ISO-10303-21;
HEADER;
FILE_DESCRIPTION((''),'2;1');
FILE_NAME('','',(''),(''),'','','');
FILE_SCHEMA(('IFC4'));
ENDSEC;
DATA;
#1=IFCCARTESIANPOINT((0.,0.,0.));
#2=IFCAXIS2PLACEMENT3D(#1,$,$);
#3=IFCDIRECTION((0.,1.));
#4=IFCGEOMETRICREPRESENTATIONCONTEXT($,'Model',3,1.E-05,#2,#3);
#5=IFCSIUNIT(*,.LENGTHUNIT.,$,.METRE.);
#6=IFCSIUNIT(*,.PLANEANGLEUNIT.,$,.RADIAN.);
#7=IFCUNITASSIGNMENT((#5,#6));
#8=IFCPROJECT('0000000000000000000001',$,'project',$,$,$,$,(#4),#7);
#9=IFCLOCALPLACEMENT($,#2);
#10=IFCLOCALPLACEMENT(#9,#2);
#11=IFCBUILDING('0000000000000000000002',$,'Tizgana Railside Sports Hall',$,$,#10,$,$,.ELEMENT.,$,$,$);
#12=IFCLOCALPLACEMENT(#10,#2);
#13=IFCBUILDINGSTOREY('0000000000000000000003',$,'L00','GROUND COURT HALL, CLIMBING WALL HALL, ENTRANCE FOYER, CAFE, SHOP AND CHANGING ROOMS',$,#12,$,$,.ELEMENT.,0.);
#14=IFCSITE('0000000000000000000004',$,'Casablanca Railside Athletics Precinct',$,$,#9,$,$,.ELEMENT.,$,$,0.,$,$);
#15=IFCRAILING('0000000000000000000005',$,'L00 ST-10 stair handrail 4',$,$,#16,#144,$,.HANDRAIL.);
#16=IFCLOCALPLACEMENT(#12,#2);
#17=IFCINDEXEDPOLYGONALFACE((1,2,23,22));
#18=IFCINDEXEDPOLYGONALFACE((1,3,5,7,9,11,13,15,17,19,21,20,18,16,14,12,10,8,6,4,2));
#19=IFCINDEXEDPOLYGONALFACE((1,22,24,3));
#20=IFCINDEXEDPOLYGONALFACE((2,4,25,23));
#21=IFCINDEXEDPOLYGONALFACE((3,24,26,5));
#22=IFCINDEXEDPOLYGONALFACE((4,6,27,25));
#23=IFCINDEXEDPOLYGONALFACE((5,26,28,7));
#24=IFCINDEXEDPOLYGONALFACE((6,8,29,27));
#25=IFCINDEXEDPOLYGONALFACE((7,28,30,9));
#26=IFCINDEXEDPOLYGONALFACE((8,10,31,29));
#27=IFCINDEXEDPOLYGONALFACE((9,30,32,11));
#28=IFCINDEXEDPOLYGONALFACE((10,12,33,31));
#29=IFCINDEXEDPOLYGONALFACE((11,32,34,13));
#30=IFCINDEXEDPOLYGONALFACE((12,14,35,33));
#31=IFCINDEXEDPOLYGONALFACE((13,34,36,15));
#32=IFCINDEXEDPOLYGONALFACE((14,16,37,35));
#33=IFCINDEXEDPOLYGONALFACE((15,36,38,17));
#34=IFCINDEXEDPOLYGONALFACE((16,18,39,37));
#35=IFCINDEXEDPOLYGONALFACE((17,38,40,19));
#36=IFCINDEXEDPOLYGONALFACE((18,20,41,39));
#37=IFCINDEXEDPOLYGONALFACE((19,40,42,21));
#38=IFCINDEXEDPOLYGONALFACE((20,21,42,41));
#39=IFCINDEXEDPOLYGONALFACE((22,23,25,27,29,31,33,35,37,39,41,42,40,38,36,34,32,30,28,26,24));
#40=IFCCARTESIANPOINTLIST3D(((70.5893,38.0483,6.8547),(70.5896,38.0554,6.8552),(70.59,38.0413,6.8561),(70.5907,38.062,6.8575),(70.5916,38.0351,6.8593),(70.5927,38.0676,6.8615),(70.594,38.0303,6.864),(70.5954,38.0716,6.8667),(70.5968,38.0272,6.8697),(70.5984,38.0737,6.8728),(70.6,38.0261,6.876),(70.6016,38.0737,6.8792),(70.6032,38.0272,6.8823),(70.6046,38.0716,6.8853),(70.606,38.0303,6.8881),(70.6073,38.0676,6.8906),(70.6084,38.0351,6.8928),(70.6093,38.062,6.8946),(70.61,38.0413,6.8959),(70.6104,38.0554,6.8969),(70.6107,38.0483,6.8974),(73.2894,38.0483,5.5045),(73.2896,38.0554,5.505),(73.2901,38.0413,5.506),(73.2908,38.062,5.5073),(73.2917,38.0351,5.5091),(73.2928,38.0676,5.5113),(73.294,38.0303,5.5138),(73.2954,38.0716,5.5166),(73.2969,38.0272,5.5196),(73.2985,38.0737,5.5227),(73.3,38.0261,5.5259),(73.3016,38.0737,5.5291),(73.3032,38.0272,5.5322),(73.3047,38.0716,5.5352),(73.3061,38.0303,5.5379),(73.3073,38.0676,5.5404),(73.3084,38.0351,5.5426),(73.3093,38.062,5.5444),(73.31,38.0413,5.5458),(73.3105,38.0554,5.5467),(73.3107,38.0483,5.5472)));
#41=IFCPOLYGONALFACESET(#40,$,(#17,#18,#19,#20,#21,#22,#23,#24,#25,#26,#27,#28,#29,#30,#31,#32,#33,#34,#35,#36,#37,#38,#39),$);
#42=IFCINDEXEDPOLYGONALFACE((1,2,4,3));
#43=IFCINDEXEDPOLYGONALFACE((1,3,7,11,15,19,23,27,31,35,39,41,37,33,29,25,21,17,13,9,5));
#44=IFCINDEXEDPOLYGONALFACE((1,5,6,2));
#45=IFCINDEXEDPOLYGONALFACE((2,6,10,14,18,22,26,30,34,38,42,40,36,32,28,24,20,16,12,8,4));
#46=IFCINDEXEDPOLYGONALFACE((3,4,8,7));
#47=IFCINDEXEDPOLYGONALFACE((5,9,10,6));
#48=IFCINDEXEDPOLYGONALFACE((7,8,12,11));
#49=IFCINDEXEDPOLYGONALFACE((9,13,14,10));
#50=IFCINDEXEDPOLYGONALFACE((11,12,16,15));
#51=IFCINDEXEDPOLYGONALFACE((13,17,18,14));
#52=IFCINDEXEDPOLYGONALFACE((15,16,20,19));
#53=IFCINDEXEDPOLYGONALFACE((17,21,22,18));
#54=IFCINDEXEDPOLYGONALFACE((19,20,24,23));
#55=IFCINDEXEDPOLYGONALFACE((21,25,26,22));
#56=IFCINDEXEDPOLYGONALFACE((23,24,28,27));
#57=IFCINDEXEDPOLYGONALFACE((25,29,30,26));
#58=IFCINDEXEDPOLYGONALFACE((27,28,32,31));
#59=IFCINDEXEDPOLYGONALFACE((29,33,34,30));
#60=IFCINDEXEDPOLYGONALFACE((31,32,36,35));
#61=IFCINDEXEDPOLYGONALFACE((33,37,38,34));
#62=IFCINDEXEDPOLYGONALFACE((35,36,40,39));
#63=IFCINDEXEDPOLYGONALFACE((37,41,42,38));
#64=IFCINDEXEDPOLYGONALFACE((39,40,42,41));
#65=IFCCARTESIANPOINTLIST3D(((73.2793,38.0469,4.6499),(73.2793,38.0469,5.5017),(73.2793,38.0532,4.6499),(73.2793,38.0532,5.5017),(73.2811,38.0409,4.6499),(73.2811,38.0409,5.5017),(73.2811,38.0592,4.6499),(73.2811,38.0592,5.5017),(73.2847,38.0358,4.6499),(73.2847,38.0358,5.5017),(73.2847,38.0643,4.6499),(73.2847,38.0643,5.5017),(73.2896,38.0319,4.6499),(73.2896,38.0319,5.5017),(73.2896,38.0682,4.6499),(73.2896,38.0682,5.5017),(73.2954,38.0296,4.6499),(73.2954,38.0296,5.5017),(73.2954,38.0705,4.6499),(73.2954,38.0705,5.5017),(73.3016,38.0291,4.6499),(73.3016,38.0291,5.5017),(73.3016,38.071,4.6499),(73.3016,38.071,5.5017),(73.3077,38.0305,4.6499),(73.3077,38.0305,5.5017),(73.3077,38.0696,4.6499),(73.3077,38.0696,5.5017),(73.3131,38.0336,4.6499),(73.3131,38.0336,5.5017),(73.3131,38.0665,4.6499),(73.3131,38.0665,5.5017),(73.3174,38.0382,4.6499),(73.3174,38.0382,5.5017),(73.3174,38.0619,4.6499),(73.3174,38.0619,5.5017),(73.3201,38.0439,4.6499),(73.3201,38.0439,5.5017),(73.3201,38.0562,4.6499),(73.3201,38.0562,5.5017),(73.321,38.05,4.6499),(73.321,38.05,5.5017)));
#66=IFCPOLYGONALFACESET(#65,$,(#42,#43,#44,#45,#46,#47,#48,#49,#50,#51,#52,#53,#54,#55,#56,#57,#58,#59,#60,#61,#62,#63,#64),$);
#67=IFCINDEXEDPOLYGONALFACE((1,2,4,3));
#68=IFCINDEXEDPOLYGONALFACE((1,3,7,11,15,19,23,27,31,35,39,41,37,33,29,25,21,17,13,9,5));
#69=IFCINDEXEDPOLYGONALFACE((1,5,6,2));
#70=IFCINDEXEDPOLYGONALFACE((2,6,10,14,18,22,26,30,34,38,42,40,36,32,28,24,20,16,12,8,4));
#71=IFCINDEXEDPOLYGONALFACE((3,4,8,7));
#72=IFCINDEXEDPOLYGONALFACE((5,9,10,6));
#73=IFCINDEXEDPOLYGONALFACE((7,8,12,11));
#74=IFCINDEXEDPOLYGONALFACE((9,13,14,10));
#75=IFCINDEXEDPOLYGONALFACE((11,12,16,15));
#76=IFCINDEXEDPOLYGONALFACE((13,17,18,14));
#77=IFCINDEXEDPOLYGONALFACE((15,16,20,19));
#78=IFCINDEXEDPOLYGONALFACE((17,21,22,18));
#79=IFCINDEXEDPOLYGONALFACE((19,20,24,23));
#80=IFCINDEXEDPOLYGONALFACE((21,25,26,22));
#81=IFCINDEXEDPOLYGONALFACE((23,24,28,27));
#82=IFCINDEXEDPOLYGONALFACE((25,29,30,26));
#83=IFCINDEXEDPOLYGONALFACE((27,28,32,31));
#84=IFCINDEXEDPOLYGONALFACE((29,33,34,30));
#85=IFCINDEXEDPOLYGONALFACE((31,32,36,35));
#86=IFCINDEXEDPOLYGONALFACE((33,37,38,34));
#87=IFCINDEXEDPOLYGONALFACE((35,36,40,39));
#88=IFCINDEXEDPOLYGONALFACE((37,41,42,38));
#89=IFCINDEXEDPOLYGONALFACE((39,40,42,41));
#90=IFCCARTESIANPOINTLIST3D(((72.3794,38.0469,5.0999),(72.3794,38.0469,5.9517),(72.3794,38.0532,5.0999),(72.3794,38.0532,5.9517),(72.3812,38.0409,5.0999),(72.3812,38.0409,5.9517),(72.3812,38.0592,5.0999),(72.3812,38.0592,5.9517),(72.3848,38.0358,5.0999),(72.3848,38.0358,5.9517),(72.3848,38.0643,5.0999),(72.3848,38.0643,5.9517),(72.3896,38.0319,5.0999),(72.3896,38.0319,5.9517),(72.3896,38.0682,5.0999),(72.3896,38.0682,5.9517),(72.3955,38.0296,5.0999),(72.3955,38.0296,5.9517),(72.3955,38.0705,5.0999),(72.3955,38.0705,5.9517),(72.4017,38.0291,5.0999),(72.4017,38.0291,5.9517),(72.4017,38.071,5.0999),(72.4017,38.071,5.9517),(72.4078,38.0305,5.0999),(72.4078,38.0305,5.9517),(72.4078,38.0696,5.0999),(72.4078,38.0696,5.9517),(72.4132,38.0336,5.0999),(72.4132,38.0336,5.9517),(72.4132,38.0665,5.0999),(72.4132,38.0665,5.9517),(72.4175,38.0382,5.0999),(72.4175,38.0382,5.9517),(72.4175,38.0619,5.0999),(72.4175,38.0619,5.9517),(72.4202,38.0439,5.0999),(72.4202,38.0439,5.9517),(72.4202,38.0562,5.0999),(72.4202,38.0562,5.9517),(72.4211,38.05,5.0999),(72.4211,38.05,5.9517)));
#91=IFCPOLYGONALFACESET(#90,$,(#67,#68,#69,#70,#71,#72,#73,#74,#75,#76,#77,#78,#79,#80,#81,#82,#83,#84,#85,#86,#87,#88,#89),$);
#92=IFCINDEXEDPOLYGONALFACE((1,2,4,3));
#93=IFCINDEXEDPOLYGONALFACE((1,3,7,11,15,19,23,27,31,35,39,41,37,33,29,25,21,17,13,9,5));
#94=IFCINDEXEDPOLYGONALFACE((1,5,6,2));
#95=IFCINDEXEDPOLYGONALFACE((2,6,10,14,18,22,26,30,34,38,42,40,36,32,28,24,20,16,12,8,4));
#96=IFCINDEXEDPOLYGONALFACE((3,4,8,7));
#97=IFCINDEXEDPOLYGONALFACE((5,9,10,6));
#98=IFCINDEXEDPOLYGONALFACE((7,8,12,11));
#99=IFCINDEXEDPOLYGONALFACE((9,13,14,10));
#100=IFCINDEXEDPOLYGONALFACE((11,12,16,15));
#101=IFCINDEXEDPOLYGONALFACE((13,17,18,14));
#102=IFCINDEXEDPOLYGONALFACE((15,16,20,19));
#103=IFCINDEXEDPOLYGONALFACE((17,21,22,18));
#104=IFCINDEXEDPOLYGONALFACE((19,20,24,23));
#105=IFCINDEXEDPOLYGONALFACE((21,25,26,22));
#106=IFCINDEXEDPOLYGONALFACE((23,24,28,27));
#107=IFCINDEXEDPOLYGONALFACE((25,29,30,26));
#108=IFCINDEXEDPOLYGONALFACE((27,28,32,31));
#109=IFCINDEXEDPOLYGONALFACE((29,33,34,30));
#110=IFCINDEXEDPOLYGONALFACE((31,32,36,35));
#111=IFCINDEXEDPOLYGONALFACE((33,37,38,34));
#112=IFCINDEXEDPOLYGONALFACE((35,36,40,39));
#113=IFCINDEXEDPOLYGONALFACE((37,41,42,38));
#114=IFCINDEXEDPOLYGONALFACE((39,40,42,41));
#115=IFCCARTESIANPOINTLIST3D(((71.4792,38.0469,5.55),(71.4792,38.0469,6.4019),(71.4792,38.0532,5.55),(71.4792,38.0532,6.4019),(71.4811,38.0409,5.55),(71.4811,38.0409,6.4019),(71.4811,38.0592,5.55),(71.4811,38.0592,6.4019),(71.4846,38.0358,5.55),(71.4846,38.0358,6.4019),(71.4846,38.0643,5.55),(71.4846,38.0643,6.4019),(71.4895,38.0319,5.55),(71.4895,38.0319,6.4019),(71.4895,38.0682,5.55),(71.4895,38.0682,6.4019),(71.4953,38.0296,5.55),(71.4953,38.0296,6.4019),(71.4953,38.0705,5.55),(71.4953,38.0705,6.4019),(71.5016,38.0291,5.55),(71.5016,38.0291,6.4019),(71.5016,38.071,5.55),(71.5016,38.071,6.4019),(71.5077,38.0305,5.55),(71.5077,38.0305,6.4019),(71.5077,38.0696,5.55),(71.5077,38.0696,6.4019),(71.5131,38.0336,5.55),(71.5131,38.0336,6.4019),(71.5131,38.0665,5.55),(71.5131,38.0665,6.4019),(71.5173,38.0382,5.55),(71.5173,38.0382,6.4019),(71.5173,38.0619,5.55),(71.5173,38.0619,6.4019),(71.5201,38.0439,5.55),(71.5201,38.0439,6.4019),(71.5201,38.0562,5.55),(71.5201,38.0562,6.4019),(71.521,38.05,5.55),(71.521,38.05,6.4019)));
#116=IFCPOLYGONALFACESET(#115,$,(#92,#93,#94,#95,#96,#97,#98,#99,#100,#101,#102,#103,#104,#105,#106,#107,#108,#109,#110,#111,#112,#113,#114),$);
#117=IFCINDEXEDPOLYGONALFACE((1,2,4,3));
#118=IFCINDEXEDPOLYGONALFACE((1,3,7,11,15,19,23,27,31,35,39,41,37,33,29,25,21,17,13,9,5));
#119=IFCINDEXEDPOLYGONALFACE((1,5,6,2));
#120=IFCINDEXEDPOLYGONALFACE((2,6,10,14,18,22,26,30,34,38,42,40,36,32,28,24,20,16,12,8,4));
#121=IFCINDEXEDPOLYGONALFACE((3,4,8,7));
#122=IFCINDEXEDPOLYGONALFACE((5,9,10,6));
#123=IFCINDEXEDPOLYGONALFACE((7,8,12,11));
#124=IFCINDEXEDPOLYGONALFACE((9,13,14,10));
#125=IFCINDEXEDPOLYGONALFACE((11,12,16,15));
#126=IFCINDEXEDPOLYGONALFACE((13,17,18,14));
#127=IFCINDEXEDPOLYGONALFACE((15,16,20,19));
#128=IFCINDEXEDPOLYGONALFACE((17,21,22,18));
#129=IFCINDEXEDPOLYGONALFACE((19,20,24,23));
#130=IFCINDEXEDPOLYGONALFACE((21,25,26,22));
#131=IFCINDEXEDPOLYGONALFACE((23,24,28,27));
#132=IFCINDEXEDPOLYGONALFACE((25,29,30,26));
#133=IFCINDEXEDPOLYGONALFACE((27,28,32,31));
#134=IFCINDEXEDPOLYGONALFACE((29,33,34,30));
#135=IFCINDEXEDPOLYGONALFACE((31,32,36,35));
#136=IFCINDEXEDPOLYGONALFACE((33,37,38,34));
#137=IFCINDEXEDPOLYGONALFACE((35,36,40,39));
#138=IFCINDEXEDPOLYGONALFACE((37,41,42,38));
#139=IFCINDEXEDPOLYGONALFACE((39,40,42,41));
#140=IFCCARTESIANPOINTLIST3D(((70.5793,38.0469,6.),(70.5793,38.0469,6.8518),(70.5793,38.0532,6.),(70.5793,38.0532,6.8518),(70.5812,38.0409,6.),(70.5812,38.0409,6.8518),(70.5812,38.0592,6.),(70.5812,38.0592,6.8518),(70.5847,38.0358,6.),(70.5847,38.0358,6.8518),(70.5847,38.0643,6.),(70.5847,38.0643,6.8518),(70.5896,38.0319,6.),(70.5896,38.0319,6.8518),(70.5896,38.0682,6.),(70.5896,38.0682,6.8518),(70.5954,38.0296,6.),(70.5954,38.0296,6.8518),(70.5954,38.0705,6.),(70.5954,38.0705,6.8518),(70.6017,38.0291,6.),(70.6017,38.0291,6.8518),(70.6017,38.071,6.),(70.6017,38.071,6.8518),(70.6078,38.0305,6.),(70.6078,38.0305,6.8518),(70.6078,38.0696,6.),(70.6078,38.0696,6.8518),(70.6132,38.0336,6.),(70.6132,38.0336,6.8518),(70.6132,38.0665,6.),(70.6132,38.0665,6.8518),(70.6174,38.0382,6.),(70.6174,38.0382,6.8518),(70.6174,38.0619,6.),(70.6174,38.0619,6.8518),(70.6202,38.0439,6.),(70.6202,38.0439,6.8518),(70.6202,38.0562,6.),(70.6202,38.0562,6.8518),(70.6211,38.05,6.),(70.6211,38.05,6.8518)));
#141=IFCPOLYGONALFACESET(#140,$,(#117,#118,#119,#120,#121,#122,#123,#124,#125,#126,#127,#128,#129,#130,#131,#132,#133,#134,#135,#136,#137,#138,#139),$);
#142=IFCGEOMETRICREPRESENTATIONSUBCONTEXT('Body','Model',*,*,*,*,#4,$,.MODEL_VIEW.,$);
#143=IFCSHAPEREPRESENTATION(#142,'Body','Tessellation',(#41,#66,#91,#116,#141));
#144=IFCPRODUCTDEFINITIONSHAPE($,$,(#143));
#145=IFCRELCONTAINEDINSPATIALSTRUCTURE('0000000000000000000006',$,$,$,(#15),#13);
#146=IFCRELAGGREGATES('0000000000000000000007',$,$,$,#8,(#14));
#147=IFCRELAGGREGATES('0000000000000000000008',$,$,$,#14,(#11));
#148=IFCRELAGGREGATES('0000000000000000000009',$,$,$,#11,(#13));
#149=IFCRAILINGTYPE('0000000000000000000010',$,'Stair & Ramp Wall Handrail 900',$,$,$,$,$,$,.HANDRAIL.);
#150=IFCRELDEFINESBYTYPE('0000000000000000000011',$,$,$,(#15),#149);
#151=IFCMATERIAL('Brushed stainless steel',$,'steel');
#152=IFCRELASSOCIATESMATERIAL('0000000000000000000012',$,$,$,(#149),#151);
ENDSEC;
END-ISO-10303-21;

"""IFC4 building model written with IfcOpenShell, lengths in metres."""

from ifc_helpers import new_model, si_unit, direction, frame, origin, origin_2d, place, context, subcontext, project, spatial, circle, extrude, material, type_object, element, save


model = new_model("IFC4")

# Units and contexts
model_context = context("Model", 3, precision=1e-05, world=origin(), true_north=direction((0.0, 1.0)))
body_context = subcontext(model_context, "Body", "Model", "MODEL_VIEW")
ifc_project = project(units=[si_unit("LENGTHUNIT", "METRE"), si_unit("PLANEANGLEUNIT", "RADIAN")], contexts=[model_context])

# Site, building, storey
site_placement = place(None, origin())
site = spatial("IfcSite", under=ifc_project, at=site_placement, Name="Casablanca Railside Athletics Precinct", CompositionType="ELEMENT", RefElevation=0.0)
building_placement = place(site_placement, origin())
building = spatial("IfcBuilding", under=site, at=building_placement, Name="Tizgana Railside Sports Hall", CompositionType="ELEMENT")
storey_placement = place(building_placement, origin())
storey = spatial("IfcBuildingStorey", under=building, at=storey_placement, Name="L00", Description="GROUND COURT HALL, CLIMBING WALL HALL, ENTRANCE FOYER, CAFE, SHOP AND CHANGING ROOMS", CompositionType="ELEMENT", Elevation=0.0)

# Railing
ifc_material_1 = material(Name="Brushed stainless steel", Category="steel")
railing_type_1 = type_object("IfcRailingType", Name="Stair & Ramp Wall Handrail 900", PredefinedType="HANDRAIL", material=ifc_material_1)
railing_1_placement = place(storey_placement, frame((73.3, 38.05, 4.6499)))
element("IfcRailing", 1, at=railing_1_placement, inside=storey, type_object=railing_type_1, Name="L00 ST-10 stair handrail 4", PredefinedType="HANDRAIL", context=body_context, shape_type="SweptSolid", body=[
    extrude(circle(Radius=0.0239, at=origin_2d()), frame((0.0, 0.0, 0.876), z_axis=(-0.894411, 0.0, 0.447246), x_axis=(0.0, -1.0, 0.0)), (0.0, 0.0, 1.0), 3.0188),
    extrude(circle(Radius=0.021, at=origin_2d()), origin(), (0.0, 0.0, 1.0), 0.8518),
    extrude(circle(Radius=0.021, at=origin_2d()), frame((-0.8999, 0.0, 0.45)), (0.0, 0.0, 1.0), 0.8518),
    extrude(circle(Radius=0.021, at=origin_2d()), frame((-1.8, 0.0, 0.9001)), (0.0, 0.0, 1.0), 0.8518),
    extrude(circle(Radius=0.021, at=origin_2d()), frame((-2.7, 0.0, 1.3501)), (0.0, 0.0, 1.0), 0.8518),
])

save(model, "model.ifc")
